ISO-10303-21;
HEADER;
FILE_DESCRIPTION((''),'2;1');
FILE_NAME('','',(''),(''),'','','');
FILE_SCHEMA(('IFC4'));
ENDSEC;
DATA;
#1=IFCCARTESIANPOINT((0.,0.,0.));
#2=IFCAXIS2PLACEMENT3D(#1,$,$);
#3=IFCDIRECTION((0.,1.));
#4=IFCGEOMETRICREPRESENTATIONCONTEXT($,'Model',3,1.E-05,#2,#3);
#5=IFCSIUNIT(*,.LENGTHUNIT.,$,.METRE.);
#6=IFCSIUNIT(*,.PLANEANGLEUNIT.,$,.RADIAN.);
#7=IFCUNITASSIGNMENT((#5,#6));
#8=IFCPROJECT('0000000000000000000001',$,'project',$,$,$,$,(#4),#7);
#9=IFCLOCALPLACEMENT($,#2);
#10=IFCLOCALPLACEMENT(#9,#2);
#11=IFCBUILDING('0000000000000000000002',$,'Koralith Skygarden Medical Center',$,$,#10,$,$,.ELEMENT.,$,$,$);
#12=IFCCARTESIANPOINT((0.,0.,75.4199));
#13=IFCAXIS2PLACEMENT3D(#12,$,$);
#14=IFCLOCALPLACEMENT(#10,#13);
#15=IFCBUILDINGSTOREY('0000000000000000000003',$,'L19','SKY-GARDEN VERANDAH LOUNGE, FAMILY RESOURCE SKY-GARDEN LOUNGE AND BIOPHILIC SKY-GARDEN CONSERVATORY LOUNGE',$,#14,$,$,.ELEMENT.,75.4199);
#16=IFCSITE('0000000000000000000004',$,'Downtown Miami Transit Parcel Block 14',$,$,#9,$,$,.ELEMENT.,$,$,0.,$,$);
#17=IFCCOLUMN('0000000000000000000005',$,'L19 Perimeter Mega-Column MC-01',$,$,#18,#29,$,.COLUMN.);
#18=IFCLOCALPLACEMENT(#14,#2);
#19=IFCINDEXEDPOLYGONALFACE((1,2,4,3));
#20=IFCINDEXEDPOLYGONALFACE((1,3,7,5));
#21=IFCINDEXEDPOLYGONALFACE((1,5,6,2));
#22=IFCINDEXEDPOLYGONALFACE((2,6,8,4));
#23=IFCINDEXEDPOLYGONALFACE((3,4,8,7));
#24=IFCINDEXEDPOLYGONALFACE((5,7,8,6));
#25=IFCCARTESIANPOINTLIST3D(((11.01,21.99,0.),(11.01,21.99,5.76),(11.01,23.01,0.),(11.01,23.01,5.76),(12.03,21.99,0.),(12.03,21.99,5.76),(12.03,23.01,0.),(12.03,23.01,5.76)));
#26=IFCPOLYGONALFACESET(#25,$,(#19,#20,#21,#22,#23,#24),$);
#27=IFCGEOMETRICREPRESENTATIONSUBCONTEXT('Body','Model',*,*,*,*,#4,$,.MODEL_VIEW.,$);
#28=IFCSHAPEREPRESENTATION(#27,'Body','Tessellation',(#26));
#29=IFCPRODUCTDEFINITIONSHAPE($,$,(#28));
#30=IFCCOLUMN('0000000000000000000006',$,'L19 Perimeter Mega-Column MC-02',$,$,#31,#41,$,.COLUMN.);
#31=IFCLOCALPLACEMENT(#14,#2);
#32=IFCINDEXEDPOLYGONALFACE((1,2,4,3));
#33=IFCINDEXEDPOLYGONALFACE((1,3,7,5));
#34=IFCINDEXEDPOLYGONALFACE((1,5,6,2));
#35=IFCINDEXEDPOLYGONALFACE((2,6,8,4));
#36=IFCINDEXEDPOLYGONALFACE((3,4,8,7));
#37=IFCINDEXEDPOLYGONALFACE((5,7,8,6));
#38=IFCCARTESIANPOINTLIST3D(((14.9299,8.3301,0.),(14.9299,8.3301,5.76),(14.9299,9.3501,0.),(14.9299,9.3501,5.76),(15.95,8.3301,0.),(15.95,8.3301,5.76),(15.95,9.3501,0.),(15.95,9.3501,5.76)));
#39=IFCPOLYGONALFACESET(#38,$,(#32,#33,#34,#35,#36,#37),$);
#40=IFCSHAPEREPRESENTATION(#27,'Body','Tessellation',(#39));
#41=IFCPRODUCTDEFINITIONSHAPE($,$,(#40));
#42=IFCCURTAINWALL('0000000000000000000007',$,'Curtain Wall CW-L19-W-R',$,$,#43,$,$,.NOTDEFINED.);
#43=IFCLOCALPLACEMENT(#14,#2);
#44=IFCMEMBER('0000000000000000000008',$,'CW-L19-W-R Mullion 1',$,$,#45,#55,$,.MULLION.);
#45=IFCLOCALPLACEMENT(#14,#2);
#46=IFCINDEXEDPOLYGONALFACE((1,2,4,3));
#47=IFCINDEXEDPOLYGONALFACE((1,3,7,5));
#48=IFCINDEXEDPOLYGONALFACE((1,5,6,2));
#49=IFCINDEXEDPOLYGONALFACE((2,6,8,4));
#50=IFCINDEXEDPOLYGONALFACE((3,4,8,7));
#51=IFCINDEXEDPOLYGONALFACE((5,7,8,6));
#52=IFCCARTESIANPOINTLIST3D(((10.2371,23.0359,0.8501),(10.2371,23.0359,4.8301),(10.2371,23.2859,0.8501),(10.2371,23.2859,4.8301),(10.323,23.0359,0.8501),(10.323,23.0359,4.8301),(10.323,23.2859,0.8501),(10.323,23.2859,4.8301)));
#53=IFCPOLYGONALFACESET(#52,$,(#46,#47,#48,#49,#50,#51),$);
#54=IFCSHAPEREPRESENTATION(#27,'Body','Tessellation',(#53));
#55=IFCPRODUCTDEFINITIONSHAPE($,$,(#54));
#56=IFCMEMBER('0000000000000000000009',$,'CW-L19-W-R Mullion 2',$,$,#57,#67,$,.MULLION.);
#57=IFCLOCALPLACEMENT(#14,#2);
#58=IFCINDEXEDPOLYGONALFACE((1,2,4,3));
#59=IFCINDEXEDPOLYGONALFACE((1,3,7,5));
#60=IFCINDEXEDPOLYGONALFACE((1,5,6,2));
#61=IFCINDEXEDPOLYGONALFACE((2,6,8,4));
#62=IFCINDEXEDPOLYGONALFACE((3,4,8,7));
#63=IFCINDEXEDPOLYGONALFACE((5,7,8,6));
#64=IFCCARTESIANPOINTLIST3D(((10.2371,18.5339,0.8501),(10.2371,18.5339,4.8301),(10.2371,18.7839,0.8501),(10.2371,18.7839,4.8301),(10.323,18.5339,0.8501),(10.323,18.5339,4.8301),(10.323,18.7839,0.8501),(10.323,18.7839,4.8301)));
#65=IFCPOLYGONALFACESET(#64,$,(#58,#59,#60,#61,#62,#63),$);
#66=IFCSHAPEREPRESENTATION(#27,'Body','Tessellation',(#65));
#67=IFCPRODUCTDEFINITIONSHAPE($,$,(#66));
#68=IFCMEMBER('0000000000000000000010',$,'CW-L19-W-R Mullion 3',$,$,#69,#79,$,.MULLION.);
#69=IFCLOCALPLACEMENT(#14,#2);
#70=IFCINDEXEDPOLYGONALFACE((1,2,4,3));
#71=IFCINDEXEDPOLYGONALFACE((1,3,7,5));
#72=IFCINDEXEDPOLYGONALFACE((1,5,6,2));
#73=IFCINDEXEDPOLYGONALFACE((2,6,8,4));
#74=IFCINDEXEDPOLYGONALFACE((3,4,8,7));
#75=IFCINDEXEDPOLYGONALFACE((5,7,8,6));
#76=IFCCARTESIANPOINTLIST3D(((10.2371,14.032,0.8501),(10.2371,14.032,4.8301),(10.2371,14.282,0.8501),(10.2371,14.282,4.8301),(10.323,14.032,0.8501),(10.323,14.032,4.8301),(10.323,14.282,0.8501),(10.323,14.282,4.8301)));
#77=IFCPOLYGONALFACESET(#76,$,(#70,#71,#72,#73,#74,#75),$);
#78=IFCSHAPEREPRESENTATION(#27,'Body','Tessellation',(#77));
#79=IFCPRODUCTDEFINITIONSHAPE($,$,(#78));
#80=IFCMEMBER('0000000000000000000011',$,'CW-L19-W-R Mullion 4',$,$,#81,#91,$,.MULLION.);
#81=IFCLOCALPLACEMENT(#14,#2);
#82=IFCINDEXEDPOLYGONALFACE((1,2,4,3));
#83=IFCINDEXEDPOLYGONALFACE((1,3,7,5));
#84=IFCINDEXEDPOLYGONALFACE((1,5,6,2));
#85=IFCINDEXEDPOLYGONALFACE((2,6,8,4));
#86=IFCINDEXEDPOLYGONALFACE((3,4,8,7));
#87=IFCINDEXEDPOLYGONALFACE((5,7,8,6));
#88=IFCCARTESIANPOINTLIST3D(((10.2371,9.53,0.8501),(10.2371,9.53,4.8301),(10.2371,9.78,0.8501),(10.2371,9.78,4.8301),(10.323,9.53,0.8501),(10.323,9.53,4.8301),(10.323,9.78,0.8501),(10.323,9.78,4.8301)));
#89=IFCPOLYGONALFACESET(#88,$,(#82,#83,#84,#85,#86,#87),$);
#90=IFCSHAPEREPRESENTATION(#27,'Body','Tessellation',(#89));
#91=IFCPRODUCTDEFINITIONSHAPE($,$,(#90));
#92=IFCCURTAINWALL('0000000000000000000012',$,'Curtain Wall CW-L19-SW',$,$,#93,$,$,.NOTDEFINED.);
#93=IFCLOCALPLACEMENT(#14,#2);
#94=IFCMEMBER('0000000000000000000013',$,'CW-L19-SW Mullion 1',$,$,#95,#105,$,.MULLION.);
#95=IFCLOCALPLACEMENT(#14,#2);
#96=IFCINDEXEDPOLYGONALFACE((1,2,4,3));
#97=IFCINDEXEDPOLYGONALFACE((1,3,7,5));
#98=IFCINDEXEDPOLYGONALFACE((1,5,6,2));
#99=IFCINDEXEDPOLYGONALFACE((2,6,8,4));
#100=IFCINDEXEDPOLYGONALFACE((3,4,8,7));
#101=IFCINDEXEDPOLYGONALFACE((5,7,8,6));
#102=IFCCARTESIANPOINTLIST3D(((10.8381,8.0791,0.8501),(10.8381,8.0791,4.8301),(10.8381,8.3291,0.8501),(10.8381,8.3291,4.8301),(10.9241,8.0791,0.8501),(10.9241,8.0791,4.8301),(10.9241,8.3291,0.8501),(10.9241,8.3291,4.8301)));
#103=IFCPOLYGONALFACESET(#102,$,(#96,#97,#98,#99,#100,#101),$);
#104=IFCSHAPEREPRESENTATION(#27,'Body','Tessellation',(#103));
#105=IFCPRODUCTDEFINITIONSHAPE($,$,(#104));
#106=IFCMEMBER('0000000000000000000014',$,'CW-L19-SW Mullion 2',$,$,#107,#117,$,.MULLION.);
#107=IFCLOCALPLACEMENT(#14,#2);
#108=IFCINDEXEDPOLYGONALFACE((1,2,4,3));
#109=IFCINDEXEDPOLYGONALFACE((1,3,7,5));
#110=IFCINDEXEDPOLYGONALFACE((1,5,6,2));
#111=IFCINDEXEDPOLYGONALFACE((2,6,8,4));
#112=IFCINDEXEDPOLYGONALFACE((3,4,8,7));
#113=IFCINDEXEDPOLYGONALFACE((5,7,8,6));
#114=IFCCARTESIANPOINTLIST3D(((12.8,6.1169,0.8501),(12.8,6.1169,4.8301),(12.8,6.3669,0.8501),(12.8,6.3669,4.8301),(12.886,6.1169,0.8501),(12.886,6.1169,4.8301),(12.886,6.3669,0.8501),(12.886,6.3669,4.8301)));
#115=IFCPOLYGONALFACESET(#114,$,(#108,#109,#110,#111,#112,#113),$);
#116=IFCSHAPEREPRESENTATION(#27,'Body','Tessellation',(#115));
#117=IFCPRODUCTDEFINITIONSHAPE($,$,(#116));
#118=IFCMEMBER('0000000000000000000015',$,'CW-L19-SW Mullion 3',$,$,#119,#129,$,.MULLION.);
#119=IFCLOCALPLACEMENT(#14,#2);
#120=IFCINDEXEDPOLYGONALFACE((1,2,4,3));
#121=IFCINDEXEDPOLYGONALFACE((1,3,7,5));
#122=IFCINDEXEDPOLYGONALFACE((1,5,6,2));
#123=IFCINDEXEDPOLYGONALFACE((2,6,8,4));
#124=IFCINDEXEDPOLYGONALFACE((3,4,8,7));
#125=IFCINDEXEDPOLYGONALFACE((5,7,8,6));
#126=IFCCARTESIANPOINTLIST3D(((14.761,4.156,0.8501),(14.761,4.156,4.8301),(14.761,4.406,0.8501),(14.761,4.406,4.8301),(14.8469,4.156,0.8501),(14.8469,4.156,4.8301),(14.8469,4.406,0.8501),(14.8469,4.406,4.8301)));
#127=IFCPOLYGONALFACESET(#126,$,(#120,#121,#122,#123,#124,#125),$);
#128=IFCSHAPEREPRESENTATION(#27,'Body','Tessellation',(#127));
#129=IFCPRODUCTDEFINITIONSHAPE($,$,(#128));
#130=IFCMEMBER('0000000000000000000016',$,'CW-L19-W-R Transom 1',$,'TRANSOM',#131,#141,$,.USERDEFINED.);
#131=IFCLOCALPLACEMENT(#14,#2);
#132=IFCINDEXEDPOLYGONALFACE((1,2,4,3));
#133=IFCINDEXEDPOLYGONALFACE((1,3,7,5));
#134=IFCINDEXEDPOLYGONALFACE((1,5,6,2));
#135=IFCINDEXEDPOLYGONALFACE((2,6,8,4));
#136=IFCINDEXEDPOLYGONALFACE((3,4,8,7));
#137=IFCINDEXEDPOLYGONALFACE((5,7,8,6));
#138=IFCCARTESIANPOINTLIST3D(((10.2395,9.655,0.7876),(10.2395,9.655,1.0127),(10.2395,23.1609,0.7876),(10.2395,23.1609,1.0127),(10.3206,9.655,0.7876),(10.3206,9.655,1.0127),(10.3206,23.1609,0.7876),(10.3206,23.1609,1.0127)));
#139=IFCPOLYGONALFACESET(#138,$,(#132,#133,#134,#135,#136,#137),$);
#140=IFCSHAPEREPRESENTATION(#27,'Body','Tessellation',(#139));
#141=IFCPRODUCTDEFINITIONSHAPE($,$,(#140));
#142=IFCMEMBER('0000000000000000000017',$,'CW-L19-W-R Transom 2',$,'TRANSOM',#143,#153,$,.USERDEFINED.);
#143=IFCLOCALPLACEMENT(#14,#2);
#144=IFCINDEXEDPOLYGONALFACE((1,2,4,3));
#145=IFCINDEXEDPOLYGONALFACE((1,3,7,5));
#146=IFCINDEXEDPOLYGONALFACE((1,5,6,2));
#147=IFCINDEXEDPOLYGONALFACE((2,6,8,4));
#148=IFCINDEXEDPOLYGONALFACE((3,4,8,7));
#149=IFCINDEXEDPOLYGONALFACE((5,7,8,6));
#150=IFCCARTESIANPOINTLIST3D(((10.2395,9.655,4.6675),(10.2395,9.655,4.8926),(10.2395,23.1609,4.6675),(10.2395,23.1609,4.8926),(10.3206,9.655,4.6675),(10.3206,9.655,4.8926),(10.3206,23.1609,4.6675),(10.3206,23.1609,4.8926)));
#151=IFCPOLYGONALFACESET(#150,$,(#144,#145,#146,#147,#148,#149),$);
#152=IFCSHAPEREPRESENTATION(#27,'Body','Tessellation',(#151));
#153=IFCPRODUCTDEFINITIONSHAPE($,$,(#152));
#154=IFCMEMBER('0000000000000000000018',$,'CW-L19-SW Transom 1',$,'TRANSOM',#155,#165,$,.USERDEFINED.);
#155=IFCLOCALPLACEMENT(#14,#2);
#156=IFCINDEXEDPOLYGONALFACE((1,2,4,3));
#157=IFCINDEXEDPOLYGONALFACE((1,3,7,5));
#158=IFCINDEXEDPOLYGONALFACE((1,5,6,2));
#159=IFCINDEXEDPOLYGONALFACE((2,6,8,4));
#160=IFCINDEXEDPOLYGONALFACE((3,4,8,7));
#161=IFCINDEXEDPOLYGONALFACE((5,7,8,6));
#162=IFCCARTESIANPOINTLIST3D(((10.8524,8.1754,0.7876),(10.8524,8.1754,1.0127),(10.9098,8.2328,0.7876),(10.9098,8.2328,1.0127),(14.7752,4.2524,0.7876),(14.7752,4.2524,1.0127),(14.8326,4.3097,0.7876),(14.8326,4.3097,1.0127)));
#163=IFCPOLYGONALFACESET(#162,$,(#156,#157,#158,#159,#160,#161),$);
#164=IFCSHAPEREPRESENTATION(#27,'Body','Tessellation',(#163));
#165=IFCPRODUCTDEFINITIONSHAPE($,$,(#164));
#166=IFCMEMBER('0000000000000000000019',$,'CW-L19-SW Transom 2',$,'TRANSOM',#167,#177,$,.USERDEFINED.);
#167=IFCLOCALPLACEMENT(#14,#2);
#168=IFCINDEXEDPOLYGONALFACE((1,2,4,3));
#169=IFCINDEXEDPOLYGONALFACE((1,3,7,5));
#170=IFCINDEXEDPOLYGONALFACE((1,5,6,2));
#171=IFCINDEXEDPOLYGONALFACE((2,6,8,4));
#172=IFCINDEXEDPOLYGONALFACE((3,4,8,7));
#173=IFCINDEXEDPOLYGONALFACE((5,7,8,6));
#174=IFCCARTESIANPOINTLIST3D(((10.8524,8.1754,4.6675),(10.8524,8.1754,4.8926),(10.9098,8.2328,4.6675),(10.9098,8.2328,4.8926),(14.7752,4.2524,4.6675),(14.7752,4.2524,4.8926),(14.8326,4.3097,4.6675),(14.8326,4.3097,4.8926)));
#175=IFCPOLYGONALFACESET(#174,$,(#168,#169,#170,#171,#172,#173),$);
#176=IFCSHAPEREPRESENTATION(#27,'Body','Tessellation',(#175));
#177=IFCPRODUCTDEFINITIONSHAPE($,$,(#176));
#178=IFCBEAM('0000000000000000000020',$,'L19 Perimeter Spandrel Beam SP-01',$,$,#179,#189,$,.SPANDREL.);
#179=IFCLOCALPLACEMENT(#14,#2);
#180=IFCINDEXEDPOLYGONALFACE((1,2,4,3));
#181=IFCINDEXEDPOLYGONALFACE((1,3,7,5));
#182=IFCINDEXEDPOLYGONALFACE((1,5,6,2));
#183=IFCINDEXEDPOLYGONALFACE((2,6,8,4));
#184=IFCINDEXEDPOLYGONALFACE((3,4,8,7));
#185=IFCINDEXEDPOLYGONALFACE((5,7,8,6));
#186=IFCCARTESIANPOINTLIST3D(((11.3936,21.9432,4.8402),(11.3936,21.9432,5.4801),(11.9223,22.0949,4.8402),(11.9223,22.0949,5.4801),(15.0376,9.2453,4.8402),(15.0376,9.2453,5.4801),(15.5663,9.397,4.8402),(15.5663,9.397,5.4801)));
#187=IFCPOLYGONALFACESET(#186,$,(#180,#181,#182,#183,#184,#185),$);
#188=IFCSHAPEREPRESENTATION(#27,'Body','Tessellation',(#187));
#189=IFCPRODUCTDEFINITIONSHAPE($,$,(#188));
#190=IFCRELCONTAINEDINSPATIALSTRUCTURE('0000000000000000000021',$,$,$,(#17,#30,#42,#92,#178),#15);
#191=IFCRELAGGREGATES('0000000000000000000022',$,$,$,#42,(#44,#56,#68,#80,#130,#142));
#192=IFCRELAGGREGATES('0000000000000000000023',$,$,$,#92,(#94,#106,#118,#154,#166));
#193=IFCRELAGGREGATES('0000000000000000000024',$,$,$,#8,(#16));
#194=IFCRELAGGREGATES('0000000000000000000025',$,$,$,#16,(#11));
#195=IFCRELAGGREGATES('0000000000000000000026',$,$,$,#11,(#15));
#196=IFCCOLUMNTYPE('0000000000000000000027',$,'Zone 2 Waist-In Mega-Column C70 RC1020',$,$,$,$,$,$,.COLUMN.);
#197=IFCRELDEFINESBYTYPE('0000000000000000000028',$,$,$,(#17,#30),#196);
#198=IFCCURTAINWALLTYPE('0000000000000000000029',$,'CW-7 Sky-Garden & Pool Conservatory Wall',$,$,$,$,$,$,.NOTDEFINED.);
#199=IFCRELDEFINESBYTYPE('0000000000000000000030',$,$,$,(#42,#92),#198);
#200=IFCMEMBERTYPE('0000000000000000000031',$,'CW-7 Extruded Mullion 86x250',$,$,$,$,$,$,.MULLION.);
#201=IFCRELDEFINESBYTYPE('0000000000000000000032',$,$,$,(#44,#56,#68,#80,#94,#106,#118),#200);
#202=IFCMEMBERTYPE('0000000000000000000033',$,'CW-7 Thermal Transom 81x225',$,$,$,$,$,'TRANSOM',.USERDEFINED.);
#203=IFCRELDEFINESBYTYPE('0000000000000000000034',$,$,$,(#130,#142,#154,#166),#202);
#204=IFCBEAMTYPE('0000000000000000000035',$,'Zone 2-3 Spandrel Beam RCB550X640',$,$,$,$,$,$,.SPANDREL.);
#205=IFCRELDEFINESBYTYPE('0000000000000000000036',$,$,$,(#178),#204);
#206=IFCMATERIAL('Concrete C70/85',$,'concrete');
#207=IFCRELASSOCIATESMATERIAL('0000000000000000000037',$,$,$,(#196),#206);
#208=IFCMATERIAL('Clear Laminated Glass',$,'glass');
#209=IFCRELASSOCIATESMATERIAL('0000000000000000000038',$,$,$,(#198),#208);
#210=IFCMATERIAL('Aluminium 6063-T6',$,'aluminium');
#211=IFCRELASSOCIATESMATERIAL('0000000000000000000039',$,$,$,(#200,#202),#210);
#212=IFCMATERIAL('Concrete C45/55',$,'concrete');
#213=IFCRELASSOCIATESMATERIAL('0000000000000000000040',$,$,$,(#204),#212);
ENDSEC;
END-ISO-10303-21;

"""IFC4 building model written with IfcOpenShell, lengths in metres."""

from ifc_helpers import new_model, si_unit, direction, frame, origin, origin_2d, place, context, subcontext, project, spatial, rectangle, extrude, material, material_profile, profile_set, type_object, element, aggregate, save


model = new_model("IFC4")

# Units and contexts
model_context = context("Model", 3, precision=1e-05, world=origin(), true_north=direction((0.0, 1.0)))
body_context = subcontext(model_context, "Body", "Model", "MODEL_VIEW")
ifc_project = project(units=[si_unit("LENGTHUNIT", "METRE"), si_unit("PLANEANGLEUNIT", "RADIAN")], contexts=[model_context])

# Site, building, storey
site_placement = place(None, origin())
site = spatial("IfcSite", under=ifc_project, at=site_placement, Name="Downtown Miami Transit Parcel Block 14", CompositionType="ELEMENT", RefElevation=0.0)
building_placement = place(site_placement, origin())
building = spatial("IfcBuilding", under=site, at=building_placement, Name="Koralith Skygarden Medical Center", CompositionType="ELEMENT")
storey_placement = place(building_placement, frame((0.0, 0.0, 75.4199)))
storey = spatial("IfcBuildingStorey", under=building, at=storey_placement, Name="L19", Description="SKY-GARDEN VERANDAH LOUNGE, FAMILY RESOURCE SKY-GARDEN LOUNGE AND BIOPHILIC SKY-GARDEN CONSERVATORY LOUNGE", CompositionType="ELEMENT", Elevation=75.4199)

# Columns
ifc_material_1 = material(Name="Concrete C70/85", Category="concrete")
ifc_material_profile_1 = material_profile(ifc_material_1, rectangle(XDim=1.02, YDim=1.02, at=origin_2d()), Name="RC1020X1020")
ifc_profile_set_1 = profile_set([ifc_material_profile_1], Name="Concrete C70/85")
column_type = type_object("IfcColumnType", Name="Zone 2 Waist-In Mega-Column C70 RC1020", PredefinedType="COLUMN", material=ifc_profile_set_1)
for number, where, z_axis, x_axis, name in (
    (1, (11.52, 22.5, 0.0), (0.0, 0.0, 1.0), (1.0, 0.0, 0.0), "L19 Perimeter Mega-Column MC-01"),
    (2, (15.4399, 8.8401, 0.0), (0.0, 0.0, 1.0), (1.0, 0.0, 0.0), "L19 Perimeter Mega-Column MC-02"),
):
    element("IfcColumn", number, at=place(storey_placement, frame(where, z_axis=z_axis, x_axis=x_axis)), inside=storey, type_object=column_type, Name=name, PredefinedType="COLUMN", context=body_context, shape_type="SweptSolid", body=[
        extrude(rectangle(XDim=1.02, YDim=1.02, at=origin_2d()), origin(), (0.0, 0.0, 1.0), 5.76),
    ])

# Curtain walls, members
ifc_material_2 = material(Name="Clear Laminated Glass", Category="glass")
curtain_wall_type = type_object("IfcCurtainWallType", Name="CW-7 Sky-Garden & Pool Conservatory Wall", PredefinedType="NOTDEFINED", material=ifc_material_2)
curtain_wall_1_placement = place(storey_placement, origin())
curtain_wall_1 = element("IfcCurtainWall", 3, at=curtain_wall_1_placement, inside=storey, type_object=curtain_wall_type, Name="Curtain Wall CW-L19-W-R", PredefinedType="NOTDEFINED")
ifc_material_3 = material(Name="Aluminium 6063-T6", Category="aluminium")
ifc_material_profile_2 = material_profile(ifc_material_3, rectangle(XDim=0.0859, YDim=0.25, at=origin_2d()), Name="MUL86X250")
ifc_profile_set_2 = profile_set([ifc_material_profile_2], Name="Aluminium 6063-T6")
member_type_1 = type_object("IfcMemberType", Name="CW-7 Extruded Mullion 86x250", PredefinedType="MULLION", material=ifc_profile_set_2)
member_1_placement = place(storey_placement, frame((10.28, 23.1609, 0.8501), z_axis=(0.0, 0.0, 1.0), x_axis=(1.0, 0.0, 0.0)))
member_1 = element("IfcMember", 4, at=member_1_placement, type_object=member_type_1, Name="CW-L19-W-R Mullion 1", PredefinedType="MULLION", context=body_context, shape_type="SweptSolid", body=[
    extrude(rectangle(XDim=0.0859, YDim=0.25, at=origin_2d()), origin(), (0.0, 0.0, 1.0), 3.98),
])
member_2_placement = place(storey_placement, frame((10.28, 18.6589, 0.8501), z_axis=(0.0, 0.0, 1.0), x_axis=(1.0, 0.0, 0.0)))
member_2 = element("IfcMember", 5, at=member_2_placement, type_object=member_type_1, Name="CW-L19-W-R Mullion 2", PredefinedType="MULLION", context=body_context, shape_type="SweptSolid", body=[
    extrude(rectangle(XDim=0.0859, YDim=0.25, at=origin_2d()), origin(), (0.0, 0.0, 1.0), 3.98),
])
member_3_placement = place(storey_placement, frame((10.28, 14.157, 0.8501), z_axis=(0.0, 0.0, 1.0), x_axis=(1.0, 0.0, 0.0)))
member_3 = element("IfcMember", 6, at=member_3_placement, type_object=member_type_1, Name="CW-L19-W-R Mullion 3", PredefinedType="MULLION", context=body_context, shape_type="SweptSolid", body=[
    extrude(rectangle(XDim=0.0859, YDim=0.25, at=origin_2d()), origin(), (0.0, 0.0, 1.0), 3.98),
])
member_4_placement = place(storey_placement, frame((10.28, 9.655, 0.8501), z_axis=(0.0, 0.0, 1.0), x_axis=(1.0, 0.0, 0.0)))
member_4 = element("IfcMember", 7, at=member_4_placement, type_object=member_type_1, Name="CW-L19-W-R Mullion 4", PredefinedType="MULLION", context=body_context, shape_type="SweptSolid", body=[
    extrude(rectangle(XDim=0.0859, YDim=0.25, at=origin_2d()), origin(), (0.0, 0.0, 1.0), 3.98),
])
curtain_wall_2_placement = place(storey_placement, origin())
curtain_wall_2 = element("IfcCurtainWall", 8, at=curtain_wall_2_placement, inside=storey, type_object=curtain_wall_type, Name="Curtain Wall CW-L19-SW", PredefinedType="NOTDEFINED")
member_5_placement = place(storey_placement, frame((10.8811, 8.2041, 0.8501), z_axis=(0.0, 0.0, 1.0), x_axis=(1.0, 0.0, 0.0)))
member_5 = element("IfcMember", 9, at=member_5_placement, type_object=member_type_1, Name="CW-L19-SW Mullion 1", PredefinedType="MULLION", context=body_context, shape_type="SweptSolid", body=[
    extrude(rectangle(XDim=0.0859, YDim=0.25, at=origin_2d()), origin(), (0.0, 0.0, 1.0), 3.98),
])
member_6_placement = place(storey_placement, frame((12.843, 6.2419, 0.8501), z_axis=(0.0, 0.0, 1.0), x_axis=(1.0, 0.0, 0.0)))
member_6 = element("IfcMember", 10, at=member_6_placement, type_object=member_type_1, Name="CW-L19-SW Mullion 2", PredefinedType="MULLION", context=body_context, shape_type="SweptSolid", body=[
    extrude(rectangle(XDim=0.0859, YDim=0.25, at=origin_2d()), origin(), (0.0, 0.0, 1.0), 3.98),
])
member_7_placement = place(storey_placement, frame((14.804, 4.281, 0.8501), z_axis=(0.0, 0.0, 1.0), x_axis=(1.0, 0.0, 0.0)))
member_7 = element("IfcMember", 11, at=member_7_placement, type_object=member_type_1, Name="CW-L19-SW Mullion 3", PredefinedType="MULLION", context=body_context, shape_type="SweptSolid", body=[
    extrude(rectangle(XDim=0.0859, YDim=0.25, at=origin_2d()), origin(), (0.0, 0.0, 1.0), 3.98),
])

# Members
ifc_material_profile_3 = material_profile(ifc_material_3, rectangle(XDim=0.0811, YDim=0.2251, at=origin_2d()), Name="TRN81X225")
ifc_profile_set_3 = profile_set([ifc_material_profile_3], Name="Aluminium 6063-T6")
member_type_2 = type_object("IfcMemberType", Name="CW-7 Thermal Transom 81x225", ElementType="TRANSOM", PredefinedType="USERDEFINED", material=ifc_profile_set_3)
member_8_placement = place(storey_placement, frame((10.28, 23.1609, 0.9001), z_axis=(0.0, -1.0, 0.0), x_axis=(1.0, 0.0, 0.0)))
member_8 = element("IfcMember", 12, at=member_8_placement, type_object=member_type_2, Name="CW-L19-W-R Transom 1", ObjectType="TRANSOM", PredefinedType="USERDEFINED", context=body_context, shape_type="SweptSolid", body=[
    extrude(rectangle(XDim=0.0811, YDim=0.2251, at=origin_2d()), origin(), (0.0, 0.0, 1.0), 13.5059),
])
member_9_placement = place(storey_placement, frame((10.28, 23.1609, 4.78), z_axis=(0.0, -1.0, 0.0), x_axis=(1.0, 0.0, 0.0)))
member_9 = element("IfcMember", 13, at=member_9_placement, type_object=member_type_2, Name="CW-L19-W-R Transom 2", ObjectType="TRANSOM", PredefinedType="USERDEFINED", context=body_context, shape_type="SweptSolid", body=[
    extrude(rectangle(XDim=0.0811, YDim=0.2251, at=origin_2d()), origin(), (0.0, 0.0, 1.0), 13.5059),
])
member_10_placement = place(storey_placement, frame((10.8811, 8.2041, 0.9001), z_axis=(0.707085, -0.707129, 0.0), x_axis=(0.707129, 0.707085, 0.0)))
member_10 = element("IfcMember", 14, at=member_10_placement, type_object=member_type_2, Name="CW-L19-SW Transom 1", ObjectType="TRANSOM", PredefinedType="USERDEFINED", context=body_context, shape_type="SweptSolid", body=[
    extrude(rectangle(XDim=0.0811, YDim=0.2251, at=origin_2d()), origin(), (0.0, 0.0, 1.0), 5.5479),
])
member_11_placement = place(storey_placement, frame((10.8811, 8.2041, 4.78), z_axis=(0.707085, -0.707129, 0.0), x_axis=(0.707129, 0.707085, 0.0)))
member_11 = element("IfcMember", 15, at=member_11_placement, type_object=member_type_2, Name="CW-L19-SW Transom 2", ObjectType="TRANSOM", PredefinedType="USERDEFINED", context=body_context, shape_type="SweptSolid", body=[
    extrude(rectangle(XDim=0.0811, YDim=0.2251, at=origin_2d()), origin(), (0.0, 0.0, 1.0), 5.5479),
])

# Beam
ifc_material_4 = material(Name="Concrete C45/55", Category="concrete")
ifc_material_profile_4 = material_profile(ifc_material_4, rectangle(XDim=0.55, YDim=0.6399, at=origin_2d()), Name="RCB550X640")
ifc_profile_set_4 = profile_set([ifc_material_profile_4], Name="Concrete C45/55")
beam_type = type_object("IfcBeamType", Name="Zone 2-3 Spandrel Beam RCB550X640", PredefinedType="SPANDREL", material=ifc_profile_set_4)
beam_1_placement = place(storey_placement, frame((11.658, 22.019, 5.1602), z_axis=(0.275844, -0.961202, 0.0), x_axis=(0.961202, 0.275844, 0.0)))
element("IfcBeam", 16, at=beam_1_placement, inside=storey, type_object=beam_type, Name="L19 Perimeter Spandrel Beam SP-01", PredefinedType="SPANDREL", context=body_context, shape_type="SweptSolid", body=[
    extrude(rectangle(XDim=0.55, YDim=0.6399, at=origin_2d()), origin(), (0.0, 0.0, 1.0), 13.2104),
])

aggregate(curtain_wall_1, [member_1, member_2, member_3, member_4, member_8, member_9])
aggregate(curtain_wall_2, [member_5, member_6, member_7, member_10, member_11])

save(model, "model.ifc")
